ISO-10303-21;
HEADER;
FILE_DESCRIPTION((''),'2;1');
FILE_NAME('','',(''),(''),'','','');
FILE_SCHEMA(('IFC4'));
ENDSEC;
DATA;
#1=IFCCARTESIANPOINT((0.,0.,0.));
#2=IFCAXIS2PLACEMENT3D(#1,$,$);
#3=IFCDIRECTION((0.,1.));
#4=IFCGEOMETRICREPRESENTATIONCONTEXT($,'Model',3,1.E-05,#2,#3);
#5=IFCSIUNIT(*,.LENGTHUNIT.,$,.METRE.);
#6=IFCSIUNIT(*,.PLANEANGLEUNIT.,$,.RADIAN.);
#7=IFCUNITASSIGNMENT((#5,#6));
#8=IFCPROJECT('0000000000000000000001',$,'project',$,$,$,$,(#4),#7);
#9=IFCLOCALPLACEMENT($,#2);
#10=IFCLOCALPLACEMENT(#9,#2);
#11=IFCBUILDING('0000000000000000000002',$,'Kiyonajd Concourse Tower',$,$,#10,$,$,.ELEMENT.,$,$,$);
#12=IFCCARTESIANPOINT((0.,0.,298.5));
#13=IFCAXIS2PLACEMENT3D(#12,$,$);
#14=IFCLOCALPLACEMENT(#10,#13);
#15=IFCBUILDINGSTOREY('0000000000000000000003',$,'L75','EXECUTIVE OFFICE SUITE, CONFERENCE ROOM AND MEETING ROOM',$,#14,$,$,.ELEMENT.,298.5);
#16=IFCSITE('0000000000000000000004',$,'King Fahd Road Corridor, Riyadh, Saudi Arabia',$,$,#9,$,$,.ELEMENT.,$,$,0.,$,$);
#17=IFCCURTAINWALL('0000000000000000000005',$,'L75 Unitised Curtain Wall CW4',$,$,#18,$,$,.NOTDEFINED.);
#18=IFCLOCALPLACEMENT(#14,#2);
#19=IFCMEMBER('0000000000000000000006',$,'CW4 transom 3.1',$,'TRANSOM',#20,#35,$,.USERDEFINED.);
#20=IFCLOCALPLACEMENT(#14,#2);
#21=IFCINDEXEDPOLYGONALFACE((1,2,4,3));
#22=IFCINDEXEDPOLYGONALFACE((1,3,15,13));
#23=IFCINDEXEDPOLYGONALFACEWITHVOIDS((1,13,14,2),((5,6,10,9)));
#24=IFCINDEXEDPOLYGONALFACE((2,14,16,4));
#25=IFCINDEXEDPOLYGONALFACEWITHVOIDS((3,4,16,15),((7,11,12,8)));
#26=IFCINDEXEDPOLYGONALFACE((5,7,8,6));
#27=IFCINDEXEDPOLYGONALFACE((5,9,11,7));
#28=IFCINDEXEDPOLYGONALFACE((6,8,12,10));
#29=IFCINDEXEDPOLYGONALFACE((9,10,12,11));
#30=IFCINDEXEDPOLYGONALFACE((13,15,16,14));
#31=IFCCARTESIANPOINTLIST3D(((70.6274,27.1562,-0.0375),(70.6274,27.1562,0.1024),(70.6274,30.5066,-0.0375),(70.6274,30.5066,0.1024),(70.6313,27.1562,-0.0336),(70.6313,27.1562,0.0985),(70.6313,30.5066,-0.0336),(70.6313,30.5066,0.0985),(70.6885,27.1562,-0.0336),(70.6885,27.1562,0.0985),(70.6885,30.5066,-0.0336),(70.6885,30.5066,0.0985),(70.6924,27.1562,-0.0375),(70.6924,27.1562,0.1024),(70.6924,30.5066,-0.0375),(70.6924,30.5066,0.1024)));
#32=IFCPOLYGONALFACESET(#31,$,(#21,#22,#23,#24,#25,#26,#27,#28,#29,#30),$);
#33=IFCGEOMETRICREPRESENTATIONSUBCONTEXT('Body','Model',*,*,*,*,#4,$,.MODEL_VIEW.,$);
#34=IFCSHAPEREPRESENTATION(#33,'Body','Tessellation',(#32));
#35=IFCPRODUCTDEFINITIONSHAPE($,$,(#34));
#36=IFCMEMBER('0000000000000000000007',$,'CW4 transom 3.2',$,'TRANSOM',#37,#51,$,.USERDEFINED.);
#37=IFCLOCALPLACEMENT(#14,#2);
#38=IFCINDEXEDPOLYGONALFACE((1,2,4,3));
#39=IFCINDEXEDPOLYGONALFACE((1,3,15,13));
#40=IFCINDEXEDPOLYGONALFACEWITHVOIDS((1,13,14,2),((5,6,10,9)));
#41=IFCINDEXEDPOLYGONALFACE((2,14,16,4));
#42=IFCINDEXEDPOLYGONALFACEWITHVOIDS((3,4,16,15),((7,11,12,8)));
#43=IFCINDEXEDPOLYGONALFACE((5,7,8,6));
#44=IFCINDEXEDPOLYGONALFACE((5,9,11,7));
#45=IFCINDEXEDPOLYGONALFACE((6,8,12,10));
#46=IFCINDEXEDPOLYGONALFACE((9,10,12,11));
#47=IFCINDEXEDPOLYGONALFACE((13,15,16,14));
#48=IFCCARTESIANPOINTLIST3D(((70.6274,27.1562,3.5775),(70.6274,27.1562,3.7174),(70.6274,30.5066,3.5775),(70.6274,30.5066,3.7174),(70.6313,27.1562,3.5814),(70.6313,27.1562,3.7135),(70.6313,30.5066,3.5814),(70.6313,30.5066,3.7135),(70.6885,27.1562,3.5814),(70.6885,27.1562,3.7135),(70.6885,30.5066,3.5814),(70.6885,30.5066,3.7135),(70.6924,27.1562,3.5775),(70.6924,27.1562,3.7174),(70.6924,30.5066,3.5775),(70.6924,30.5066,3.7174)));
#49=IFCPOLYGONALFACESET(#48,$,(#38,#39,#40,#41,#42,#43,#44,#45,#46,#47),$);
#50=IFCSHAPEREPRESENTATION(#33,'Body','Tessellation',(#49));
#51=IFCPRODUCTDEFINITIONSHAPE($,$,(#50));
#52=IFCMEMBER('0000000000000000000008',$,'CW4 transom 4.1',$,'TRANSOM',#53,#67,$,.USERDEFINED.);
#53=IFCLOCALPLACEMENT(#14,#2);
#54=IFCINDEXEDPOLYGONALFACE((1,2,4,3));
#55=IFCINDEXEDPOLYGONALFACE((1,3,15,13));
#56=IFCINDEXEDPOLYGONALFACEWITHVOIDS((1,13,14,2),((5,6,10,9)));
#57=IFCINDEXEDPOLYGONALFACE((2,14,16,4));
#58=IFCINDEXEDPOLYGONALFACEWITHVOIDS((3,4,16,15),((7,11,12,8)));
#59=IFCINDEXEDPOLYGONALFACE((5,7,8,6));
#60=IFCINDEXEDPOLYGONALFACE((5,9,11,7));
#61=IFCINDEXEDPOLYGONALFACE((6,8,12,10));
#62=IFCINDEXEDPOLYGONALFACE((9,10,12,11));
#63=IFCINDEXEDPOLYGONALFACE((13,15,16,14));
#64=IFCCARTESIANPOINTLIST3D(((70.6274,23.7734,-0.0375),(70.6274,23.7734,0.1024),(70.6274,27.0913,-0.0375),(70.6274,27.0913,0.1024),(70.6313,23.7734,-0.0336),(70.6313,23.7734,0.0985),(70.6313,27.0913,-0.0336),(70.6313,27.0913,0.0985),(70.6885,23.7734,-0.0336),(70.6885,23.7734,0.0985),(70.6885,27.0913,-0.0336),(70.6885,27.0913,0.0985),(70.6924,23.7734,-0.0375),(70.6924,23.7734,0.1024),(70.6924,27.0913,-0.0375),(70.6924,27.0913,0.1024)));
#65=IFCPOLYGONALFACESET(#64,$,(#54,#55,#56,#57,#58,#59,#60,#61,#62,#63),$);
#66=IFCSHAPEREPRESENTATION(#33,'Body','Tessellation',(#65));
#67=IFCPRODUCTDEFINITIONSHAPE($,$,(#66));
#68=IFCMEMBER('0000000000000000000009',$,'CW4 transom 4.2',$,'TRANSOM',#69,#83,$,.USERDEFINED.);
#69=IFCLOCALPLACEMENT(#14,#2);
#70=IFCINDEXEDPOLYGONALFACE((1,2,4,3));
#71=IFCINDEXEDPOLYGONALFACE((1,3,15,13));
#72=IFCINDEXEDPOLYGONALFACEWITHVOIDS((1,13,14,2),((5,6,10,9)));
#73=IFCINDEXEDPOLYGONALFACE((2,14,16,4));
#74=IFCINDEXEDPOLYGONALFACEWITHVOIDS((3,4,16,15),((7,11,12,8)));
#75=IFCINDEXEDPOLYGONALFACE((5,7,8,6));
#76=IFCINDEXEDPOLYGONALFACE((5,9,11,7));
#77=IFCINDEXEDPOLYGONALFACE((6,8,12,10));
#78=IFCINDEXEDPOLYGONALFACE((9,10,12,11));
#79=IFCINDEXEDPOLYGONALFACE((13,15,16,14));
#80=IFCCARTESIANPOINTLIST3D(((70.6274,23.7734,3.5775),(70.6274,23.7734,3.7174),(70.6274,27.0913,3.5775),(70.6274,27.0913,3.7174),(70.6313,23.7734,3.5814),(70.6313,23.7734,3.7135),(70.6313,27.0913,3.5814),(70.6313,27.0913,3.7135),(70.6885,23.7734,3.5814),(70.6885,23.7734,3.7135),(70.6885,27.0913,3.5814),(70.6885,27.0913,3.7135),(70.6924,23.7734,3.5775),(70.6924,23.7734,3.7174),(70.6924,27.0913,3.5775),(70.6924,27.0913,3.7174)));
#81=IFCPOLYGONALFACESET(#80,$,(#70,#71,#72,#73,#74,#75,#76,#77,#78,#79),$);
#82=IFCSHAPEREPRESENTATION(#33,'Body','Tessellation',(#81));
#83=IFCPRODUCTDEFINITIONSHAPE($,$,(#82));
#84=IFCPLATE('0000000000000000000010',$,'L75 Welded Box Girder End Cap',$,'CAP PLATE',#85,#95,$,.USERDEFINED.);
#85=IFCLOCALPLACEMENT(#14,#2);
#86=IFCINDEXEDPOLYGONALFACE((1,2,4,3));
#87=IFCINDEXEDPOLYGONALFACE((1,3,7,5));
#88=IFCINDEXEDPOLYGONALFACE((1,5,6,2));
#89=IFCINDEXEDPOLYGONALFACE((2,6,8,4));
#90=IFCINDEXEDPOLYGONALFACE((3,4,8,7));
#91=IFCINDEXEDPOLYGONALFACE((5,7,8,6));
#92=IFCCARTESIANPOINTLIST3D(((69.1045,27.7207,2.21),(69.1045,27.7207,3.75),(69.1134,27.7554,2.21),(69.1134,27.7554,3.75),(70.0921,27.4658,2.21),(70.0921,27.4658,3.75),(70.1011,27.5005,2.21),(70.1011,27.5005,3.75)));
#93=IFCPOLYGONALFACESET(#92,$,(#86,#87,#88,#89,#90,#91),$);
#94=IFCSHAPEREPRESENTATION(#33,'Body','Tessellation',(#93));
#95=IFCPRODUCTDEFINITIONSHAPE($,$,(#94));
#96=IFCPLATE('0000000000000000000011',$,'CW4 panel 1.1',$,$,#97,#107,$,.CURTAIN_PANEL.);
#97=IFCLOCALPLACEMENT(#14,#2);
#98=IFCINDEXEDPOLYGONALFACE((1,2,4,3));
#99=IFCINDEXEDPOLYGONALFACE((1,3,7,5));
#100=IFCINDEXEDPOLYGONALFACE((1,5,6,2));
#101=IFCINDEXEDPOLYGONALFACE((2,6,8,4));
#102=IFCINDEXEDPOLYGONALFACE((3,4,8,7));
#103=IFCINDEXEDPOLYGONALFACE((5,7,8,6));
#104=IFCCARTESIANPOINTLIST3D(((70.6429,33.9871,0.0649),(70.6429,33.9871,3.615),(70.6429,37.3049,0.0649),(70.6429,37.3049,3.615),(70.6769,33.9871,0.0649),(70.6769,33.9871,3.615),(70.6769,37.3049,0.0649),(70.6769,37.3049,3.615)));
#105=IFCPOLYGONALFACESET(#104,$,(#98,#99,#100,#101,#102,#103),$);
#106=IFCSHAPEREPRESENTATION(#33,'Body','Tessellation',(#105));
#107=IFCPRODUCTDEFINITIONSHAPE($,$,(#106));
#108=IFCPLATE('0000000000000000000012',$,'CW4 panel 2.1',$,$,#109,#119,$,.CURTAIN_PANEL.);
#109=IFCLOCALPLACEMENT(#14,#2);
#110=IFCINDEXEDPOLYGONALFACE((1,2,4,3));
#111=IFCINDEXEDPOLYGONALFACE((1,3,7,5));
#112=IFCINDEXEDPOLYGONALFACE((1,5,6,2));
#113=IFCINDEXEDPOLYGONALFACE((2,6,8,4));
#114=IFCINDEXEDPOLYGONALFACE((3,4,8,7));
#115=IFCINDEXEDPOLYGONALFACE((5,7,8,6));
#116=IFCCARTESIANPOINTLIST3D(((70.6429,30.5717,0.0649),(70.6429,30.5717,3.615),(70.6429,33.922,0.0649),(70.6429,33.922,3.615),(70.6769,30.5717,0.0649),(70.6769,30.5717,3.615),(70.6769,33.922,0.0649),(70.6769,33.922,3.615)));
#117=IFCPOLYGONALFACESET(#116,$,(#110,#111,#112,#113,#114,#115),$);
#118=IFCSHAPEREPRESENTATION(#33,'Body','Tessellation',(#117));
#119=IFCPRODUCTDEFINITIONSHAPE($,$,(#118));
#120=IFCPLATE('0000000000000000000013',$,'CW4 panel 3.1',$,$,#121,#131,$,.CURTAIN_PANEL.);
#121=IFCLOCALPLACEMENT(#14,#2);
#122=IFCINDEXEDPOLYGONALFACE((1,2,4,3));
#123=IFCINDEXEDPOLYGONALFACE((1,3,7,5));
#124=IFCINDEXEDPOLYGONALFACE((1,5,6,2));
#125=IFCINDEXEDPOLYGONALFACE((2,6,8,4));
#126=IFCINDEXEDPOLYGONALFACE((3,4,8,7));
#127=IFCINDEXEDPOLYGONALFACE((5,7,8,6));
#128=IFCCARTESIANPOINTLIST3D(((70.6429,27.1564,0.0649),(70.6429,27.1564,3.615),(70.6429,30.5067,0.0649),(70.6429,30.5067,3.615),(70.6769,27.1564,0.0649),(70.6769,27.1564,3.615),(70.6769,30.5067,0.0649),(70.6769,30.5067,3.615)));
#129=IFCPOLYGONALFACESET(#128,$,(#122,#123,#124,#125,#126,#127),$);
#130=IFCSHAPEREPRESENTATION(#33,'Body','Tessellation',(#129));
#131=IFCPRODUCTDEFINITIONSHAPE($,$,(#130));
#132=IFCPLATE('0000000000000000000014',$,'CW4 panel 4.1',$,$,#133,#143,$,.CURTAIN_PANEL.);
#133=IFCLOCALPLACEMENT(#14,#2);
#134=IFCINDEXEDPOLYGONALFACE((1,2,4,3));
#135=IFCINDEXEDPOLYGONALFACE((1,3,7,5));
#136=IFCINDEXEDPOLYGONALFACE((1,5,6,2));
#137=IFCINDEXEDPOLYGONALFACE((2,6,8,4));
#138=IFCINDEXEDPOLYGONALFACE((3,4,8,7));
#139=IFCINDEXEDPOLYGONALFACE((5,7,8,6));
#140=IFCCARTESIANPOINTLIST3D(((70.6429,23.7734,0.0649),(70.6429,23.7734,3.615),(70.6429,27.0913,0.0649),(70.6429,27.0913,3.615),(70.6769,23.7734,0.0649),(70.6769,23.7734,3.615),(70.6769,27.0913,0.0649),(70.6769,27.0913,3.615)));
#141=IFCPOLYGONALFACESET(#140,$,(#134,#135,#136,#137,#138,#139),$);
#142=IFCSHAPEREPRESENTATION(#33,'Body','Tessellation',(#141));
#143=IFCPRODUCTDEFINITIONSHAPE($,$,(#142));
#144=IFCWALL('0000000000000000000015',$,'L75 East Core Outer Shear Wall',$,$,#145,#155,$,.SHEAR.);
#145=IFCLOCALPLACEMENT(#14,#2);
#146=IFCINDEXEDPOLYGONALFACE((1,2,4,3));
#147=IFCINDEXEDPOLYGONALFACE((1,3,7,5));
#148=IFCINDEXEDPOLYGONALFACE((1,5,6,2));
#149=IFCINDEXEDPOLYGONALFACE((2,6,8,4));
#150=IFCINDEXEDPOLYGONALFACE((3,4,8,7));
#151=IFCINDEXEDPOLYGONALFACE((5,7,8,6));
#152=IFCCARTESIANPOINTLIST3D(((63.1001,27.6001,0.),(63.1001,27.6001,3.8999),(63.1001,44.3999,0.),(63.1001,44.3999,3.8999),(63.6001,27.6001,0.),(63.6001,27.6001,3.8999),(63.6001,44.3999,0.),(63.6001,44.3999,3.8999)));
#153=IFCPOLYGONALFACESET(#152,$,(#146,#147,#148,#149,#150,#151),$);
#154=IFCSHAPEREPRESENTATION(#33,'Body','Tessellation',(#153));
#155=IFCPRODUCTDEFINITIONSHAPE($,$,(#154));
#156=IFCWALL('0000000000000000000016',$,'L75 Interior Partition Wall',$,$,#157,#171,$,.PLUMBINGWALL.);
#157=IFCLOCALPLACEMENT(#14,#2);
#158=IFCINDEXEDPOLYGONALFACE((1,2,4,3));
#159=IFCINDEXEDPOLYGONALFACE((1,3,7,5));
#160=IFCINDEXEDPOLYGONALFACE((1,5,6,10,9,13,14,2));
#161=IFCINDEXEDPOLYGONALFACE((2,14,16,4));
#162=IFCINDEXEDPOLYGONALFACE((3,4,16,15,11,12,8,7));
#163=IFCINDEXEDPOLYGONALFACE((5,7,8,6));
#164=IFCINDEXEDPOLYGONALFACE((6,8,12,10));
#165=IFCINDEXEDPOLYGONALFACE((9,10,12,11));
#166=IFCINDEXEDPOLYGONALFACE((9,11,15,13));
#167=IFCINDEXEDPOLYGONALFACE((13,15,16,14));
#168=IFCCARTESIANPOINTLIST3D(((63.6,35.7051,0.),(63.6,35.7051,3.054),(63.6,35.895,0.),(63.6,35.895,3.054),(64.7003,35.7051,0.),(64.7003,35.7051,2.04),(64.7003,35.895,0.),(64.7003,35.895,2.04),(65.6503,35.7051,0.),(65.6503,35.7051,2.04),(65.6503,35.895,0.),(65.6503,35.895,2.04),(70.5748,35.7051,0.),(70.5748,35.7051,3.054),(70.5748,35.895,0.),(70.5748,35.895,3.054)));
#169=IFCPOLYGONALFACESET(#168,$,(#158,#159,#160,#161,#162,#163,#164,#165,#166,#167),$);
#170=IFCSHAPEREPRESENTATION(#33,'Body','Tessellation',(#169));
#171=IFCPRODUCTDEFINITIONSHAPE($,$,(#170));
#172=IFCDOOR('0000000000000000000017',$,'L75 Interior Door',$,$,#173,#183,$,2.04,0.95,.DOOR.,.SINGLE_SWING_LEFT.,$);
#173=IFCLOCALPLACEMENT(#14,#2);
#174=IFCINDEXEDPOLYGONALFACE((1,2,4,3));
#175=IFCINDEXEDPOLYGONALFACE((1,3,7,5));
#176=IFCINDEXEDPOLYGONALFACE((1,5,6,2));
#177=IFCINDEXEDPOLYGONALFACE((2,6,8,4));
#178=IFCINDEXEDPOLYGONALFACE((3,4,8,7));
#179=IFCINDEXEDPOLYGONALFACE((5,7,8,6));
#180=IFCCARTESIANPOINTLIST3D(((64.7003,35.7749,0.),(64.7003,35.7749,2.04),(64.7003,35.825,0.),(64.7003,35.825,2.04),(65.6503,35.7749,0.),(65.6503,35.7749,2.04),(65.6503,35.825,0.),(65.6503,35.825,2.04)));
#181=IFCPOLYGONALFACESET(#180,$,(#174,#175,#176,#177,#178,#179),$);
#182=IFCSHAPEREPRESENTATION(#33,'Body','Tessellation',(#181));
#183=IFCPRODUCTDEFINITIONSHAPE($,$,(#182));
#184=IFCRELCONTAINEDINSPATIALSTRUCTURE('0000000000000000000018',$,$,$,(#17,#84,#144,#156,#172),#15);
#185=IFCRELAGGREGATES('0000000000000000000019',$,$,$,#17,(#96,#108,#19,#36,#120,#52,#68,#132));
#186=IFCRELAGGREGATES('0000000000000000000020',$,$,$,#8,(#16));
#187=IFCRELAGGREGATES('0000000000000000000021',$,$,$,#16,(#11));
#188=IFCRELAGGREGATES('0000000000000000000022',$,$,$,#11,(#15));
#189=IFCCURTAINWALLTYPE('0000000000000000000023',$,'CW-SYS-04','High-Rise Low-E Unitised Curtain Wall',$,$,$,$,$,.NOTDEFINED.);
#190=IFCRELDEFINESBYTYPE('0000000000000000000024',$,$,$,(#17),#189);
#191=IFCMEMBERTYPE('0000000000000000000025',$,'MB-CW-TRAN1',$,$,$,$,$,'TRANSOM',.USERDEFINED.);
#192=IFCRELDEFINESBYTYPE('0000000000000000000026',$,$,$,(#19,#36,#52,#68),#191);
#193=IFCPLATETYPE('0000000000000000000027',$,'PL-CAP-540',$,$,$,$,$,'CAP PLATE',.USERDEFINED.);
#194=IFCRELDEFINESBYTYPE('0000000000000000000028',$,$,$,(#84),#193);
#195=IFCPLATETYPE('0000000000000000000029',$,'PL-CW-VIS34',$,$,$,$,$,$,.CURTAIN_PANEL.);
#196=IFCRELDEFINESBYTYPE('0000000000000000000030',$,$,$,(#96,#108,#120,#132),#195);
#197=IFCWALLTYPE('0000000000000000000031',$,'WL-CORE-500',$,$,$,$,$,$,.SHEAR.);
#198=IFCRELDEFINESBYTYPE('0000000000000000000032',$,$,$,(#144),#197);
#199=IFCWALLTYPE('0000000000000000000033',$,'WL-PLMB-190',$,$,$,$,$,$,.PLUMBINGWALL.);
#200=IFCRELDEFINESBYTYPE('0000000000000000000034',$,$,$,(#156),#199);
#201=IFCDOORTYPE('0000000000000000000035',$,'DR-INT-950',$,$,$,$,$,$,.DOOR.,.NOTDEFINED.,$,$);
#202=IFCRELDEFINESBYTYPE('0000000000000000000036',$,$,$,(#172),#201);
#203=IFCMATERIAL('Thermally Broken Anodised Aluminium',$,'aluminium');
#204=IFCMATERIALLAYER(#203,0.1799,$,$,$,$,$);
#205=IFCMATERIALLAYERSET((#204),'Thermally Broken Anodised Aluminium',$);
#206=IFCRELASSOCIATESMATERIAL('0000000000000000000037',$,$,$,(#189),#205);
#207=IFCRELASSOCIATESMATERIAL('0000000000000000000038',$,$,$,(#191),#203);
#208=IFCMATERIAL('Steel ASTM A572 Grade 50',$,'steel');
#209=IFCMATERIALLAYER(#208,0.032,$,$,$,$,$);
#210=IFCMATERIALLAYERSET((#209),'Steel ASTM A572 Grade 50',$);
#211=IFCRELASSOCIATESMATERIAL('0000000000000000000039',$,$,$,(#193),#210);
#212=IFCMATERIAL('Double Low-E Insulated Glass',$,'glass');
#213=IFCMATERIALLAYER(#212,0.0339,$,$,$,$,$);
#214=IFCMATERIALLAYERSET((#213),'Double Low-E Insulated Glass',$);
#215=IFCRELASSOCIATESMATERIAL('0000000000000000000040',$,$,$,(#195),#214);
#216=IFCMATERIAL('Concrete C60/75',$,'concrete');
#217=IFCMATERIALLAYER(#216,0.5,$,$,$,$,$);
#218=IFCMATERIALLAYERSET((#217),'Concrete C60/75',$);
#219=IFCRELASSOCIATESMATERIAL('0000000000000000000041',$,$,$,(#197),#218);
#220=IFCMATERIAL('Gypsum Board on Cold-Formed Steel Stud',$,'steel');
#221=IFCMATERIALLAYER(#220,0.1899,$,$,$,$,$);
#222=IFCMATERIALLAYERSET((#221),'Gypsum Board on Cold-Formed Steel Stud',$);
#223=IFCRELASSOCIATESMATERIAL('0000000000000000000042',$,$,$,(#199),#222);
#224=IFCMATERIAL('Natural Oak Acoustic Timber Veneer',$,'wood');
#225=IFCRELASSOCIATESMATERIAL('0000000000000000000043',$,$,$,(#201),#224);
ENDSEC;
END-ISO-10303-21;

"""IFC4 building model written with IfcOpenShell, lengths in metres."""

from ifc_helpers import new_model, si_unit, direction, frame, frame_2d, origin, origin_2d, place, context, subcontext, project, spatial, rectangle, hollow_rectangle, extrude, material, layer, layer_set, material_profile, profile_set, type_object, element, fill, aggregate, save


model = new_model("IFC4")

# Units and contexts
model_context = context("Model", 3, precision=1e-05, world=origin(), true_north=direction((0.0, 1.0)))
body_context = subcontext(model_context, "Body", "Model", "MODEL_VIEW")
ifc_project = project(units=[si_unit("LENGTHUNIT", "METRE"), si_unit("PLANEANGLEUNIT", "RADIAN")], contexts=[model_context])

# Site, building, storey
site_placement = place(None, origin())
site = spatial("IfcSite", under=ifc_project, at=site_placement, Name="King Fahd Road Corridor, Riyadh, Saudi Arabia", CompositionType="ELEMENT", RefElevation=0.0)
building_placement = place(site_placement, origin())
building = spatial("IfcBuilding", under=site, at=building_placement, Name="Kiyonajd Concourse Tower", CompositionType="ELEMENT")
storey_placement = place(building_placement, frame((0.0, 0.0, 298.5)))
storey = spatial("IfcBuildingStorey", under=building, at=storey_placement, Name="L75", Description="EXECUTIVE OFFICE SUITE, CONFERENCE ROOM AND MEETING ROOM", CompositionType="ELEMENT", Elevation=298.5)

# Shared definitions
ifc_material_1 = material(Name="Concrete C60/75", Category="concrete")

# Curtain wall, members
ifc_material_2 = material(Name="Thermally Broken Anodised Aluminium", Category="aluminium")
ifc_layer_1 = layer(ifc_material_2, 0.1799)
ifc_layer_set_1 = layer_set([ifc_layer_1], Name="Thermally Broken Anodised Aluminium")
curtain_wall_type = type_object("IfcCurtainWallType", Name="CW-SYS-04", Description="High-Rise Low-E Unitised Curtain Wall", PredefinedType="NOTDEFINED", material=ifc_layer_set_1)
curtain_wall_placement = place(storey_placement, origin())
curtain_wall = element("IfcCurtainWall", 1, at=curtain_wall_placement, inside=storey, type_object=curtain_wall_type, Name="L75 Unitised Curtain Wall CW4", PredefinedType="NOTDEFINED")
ifc_material_profile_1 = material_profile(ifc_material_2, hollow_rectangle(XDim=0.0649, YDim=0.1399, WallThickness=0.0039, at=origin_2d()), Name="TRAN-65x140")
ifc_profile_set_1 = profile_set([ifc_material_profile_1], Name="Thermally Broken Anodised Aluminium")
member_type_1 = type_object("IfcMemberType", Name="MB-CW-TRAN1", ElementType="TRANSOM", PredefinedType="USERDEFINED", material=ifc_profile_set_1)
member_1_placement = place(storey_placement, frame((70.6599, 30.5066, 0.0325), z_axis=(0.0, -1.0, 0.0), x_axis=(1.0, 0.0, 0.0)))
member_1 = element("IfcMember", 2, at=member_1_placement, type_object=member_type_1, Name="CW4 transom 3.1", ObjectType="TRANSOM", PredefinedType="USERDEFINED", context=body_context, shape_type="SweptSolid", body=[
    extrude(hollow_rectangle(XDim=0.0649, YDim=0.1399, WallThickness=0.0039, at=origin_2d()), origin(), (0.0, 0.0, 1.0), 3.3503),
])
member_2_placement = place(storey_placement, frame((70.6599, 30.5066, 3.6475), z_axis=(0.0, -1.0, 0.0), x_axis=(1.0, 0.0, 0.0)))
member_2 = element("IfcMember", 3, at=member_2_placement, type_object=member_type_1, Name="CW4 transom 3.2", ObjectType="TRANSOM", PredefinedType="USERDEFINED", context=body_context, shape_type="SweptSolid", body=[
    extrude(hollow_rectangle(XDim=0.0649, YDim=0.1399, WallThickness=0.0039, at=origin_2d()), origin(), (0.0, 0.0, 1.0), 3.3503),
])
member_3_placement = place(storey_placement, frame((70.6599, 27.0913, 0.0325), z_axis=(0.0, -1.0, 0.0), x_axis=(1.0, 0.0, 0.0)))
member_3 = element("IfcMember", 4, at=member_3_placement, type_object=member_type_1, Name="CW4 transom 4.1", ObjectType="TRANSOM", PredefinedType="USERDEFINED", context=body_context, shape_type="SweptSolid", body=[
    extrude(hollow_rectangle(XDim=0.0649, YDim=0.1399, WallThickness=0.0039, at=origin_2d()), origin(), (0.0, 0.0, 1.0), 3.3179),
])
member_4_placement = place(storey_placement, frame((70.6599, 27.0913, 3.6475), z_axis=(0.0, -1.0, 0.0), x_axis=(1.0, 0.0, 0.0)))
member_4 = element("IfcMember", 5, at=member_4_placement, type_object=member_type_1, Name="CW4 transom 4.2", ObjectType="TRANSOM", PredefinedType="USERDEFINED", context=body_context, shape_type="SweptSolid", body=[
    extrude(hollow_rectangle(XDim=0.0649, YDim=0.1399, WallThickness=0.0039, at=origin_2d()), origin(), (0.0, 0.0, 1.0), 3.3179),
])

# Plates
ifc_material_3 = material(Name="Steel ASTM A572 Grade 50", Category="steel")
ifc_layer_2 = layer(ifc_material_3, 0.032)
ifc_layer_set_2 = layer_set([ifc_layer_2], Name="Steel ASTM A572 Grade 50")
plate_type_1 = type_object("IfcPlateType", Name="PL-CAP-540", ElementType="CAP PLATE", PredefinedType="USERDEFINED", material=ifc_layer_set_2)
plate_1_placement = place(storey_placement, frame((69.6028, 27.6106, 2.21), z_axis=(0.0, 0.0, 1.0), x_axis=(0.249873, 0.968279, 0.0)))
element("IfcPlate", 6, at=plate_1_placement, inside=storey, type_object=plate_type_1, Name="L75 Welded Box Girder End Cap", ObjectType="CAP PLATE", PredefinedType="USERDEFINED", context=body_context, shape_type="SweptSolid", body=[
    extrude(rectangle(XDim=0.0359, YDim=1.02, at=origin_2d()), origin(), (0.0, 0.0, 1.0), 1.54),
])
ifc_material_4 = material(Name="Double Low-E Insulated Glass", Category="glass")
ifc_layer_3 = layer(ifc_material_4, 0.0339)
ifc_layer_set_3 = layer_set([ifc_layer_3], Name="Double Low-E Insulated Glass")
plate_type_2 = type_object("IfcPlateType", Name="PL-CW-VIS34", PredefinedType="CURTAIN_PANEL", material=ifc_layer_set_3)
plate_2_placement = place(storey_placement, frame((70.6599, 35.646, 0.0649), z_axis=(0.0, 0.0, 1.0), x_axis=(0.0, -1.0, 0.0)))
plate_2 = element("IfcPlate", 7, at=plate_2_placement, type_object=plate_type_2, Name="CW4 panel 1.1", PredefinedType="CURTAIN_PANEL", context=body_context, shape_type="SweptSolid", body=[
    extrude(rectangle(XDim=3.3179, YDim=0.0339, at=origin_2d()), origin(), (0.0, 0.0, 1.0), 3.55),
])
plate_3_placement = place(storey_placement, frame((70.6599, 32.2468, 0.0649), z_axis=(0.0, 0.0, 1.0), x_axis=(0.0, -1.0, 0.0)))
plate_3 = element("IfcPlate", 8, at=plate_3_placement, type_object=plate_type_2, Name="CW4 panel 2.1", PredefinedType="CURTAIN_PANEL", context=body_context, shape_type="SweptSolid", body=[
    extrude(rectangle(XDim=3.3503, YDim=0.0339, at=origin_2d()), origin(), (0.0, 0.0, 1.0), 3.55),
])
plate_4_placement = place(storey_placement, frame((70.6599, 28.8315, 0.0649), z_axis=(0.0, 0.0, 1.0), x_axis=(0.0, -1.0, 0.0)))
plate_4 = element("IfcPlate", 9, at=plate_4_placement, type_object=plate_type_2, Name="CW4 panel 3.1", PredefinedType="CURTAIN_PANEL", context=body_context, shape_type="SweptSolid", body=[
    extrude(rectangle(XDim=3.3503, YDim=0.0339, at=origin_2d()), origin(), (0.0, 0.0, 1.0), 3.55),
])
plate_5_placement = place(storey_placement, frame((70.6599, 25.4324, 0.0649), z_axis=(0.0, 0.0, 1.0), x_axis=(0.0, -1.0, 0.0)))
plate_5 = element("IfcPlate", 10, at=plate_5_placement, type_object=plate_type_2, Name="CW4 panel 4.1", PredefinedType="CURTAIN_PANEL", context=body_context, shape_type="SweptSolid", body=[
    extrude(rectangle(XDim=3.3179, YDim=0.0339, at=origin_2d()), origin(), (0.0, 0.0, 1.0), 3.55),
])
aggregate(curtain_wall, [plate_2, plate_3, member_1, member_2, plate_4, member_3, member_4, plate_5])

# Wall
ifc_layer_4 = layer(ifc_material_1, 0.5)
ifc_layer_set_4 = layer_set([ifc_layer_4], Name="Concrete C60/75")
wall_type_1 = type_object("IfcWallType", Name="WL-CORE-500", PredefinedType="SHEAR", material=ifc_layer_set_4)
wall_1_placement = place(storey_placement, frame((63.3501, 27.6001, 0.0), z_axis=(0.0, 0.0, 1.0), x_axis=(0.0, 1.0, 0.0)))
element("IfcWall", 11, at=wall_1_placement, inside=storey, type_object=wall_type_1, Name="L75 East Core Outer Shear Wall", PredefinedType="SHEAR", context=body_context, shape_type="SweptSolid", body=[
    extrude(rectangle(XDim=16.7998, YDim=0.5, at=frame_2d((8.3999, 0.0))), origin(), (0.0, 0.0, 1.0), 3.8999),
])

# Wall, opening, door
ifc_material_5 = material(Name="Gypsum Board on Cold-Formed Steel Stud", Category="steel")
ifc_layer_5 = layer(ifc_material_5, 0.1899)
ifc_layer_set_5 = layer_set([ifc_layer_5], Name="Gypsum Board on Cold-Formed Steel Stud")
wall_type_2 = type_object("IfcWallType", Name="WL-PLMB-190", PredefinedType="PLUMBINGWALL", material=ifc_layer_set_5)
wall_2_placement = place(storey_placement, frame((63.6001, 35.8, 0.0), z_axis=(0.0, 0.0, 1.0), x_axis=(1.0, 0.0, 0.0)))
wall_2 = element("IfcWall", 12, at=wall_2_placement, inside=storey, type_object=wall_type_2, Name="L75 Interior Partition Wall", PredefinedType="PLUMBINGWALL", context=body_context, shape_type="SweptSolid", body=[
    extrude(rectangle(XDim=6.9749, YDim=0.1899, at=frame_2d((3.4873, 0.0))), origin(), (0.0, 0.0, 1.0), 3.054),
])
opening_placement = place(wall_2_placement, frame((1.1001, 0.0, 0.0)))
opening = element("IfcOpeningElement", 13, at=opening_placement, cuts=wall_2, PredefinedType="OPENING", context=body_context, shape_type="SweptSolid", body=[
    extrude(rectangle(XDim=0.95, YDim=2.04, at=frame_2d((0.4751, 1.02))), frame((0.0, 0.105, 0.0), z_axis=(0.0, -1.0, 0.0), x_axis=(1.0, 0.0, 0.0)), (0.0, 0.0, 1.0), 0.21),
])
ifc_material_6 = material(Name="Natural Oak Acoustic Timber Veneer", Category="wood")
door_type = type_object("IfcDoorType", Name="DR-INT-950", OperationType="NOTDEFINED", PredefinedType="DOOR", material=ifc_material_6)
door_placement = place(opening_placement, origin())
door = element("IfcDoor", 14, at=door_placement, inside=storey, type_object=door_type, Name="L75 Interior Door", OperationType="SINGLE_SWING_LEFT", OverallHeight=2.04, OverallWidth=0.95, PredefinedType="DOOR", context=body_context, shape_type="SweptSolid", body=[
    extrude(rectangle(XDim=0.95, YDim=2.04, at=frame_2d((0.4751, 1.02))), frame((0.0, 0.0249, 0.0), z_axis=(0.0, -1.0, 0.0), x_axis=(1.0, 0.0, 0.0)), (0.0, 0.0, 1.0), 0.05),
])
fill(opening, door)

save(model, "model.ifc")
